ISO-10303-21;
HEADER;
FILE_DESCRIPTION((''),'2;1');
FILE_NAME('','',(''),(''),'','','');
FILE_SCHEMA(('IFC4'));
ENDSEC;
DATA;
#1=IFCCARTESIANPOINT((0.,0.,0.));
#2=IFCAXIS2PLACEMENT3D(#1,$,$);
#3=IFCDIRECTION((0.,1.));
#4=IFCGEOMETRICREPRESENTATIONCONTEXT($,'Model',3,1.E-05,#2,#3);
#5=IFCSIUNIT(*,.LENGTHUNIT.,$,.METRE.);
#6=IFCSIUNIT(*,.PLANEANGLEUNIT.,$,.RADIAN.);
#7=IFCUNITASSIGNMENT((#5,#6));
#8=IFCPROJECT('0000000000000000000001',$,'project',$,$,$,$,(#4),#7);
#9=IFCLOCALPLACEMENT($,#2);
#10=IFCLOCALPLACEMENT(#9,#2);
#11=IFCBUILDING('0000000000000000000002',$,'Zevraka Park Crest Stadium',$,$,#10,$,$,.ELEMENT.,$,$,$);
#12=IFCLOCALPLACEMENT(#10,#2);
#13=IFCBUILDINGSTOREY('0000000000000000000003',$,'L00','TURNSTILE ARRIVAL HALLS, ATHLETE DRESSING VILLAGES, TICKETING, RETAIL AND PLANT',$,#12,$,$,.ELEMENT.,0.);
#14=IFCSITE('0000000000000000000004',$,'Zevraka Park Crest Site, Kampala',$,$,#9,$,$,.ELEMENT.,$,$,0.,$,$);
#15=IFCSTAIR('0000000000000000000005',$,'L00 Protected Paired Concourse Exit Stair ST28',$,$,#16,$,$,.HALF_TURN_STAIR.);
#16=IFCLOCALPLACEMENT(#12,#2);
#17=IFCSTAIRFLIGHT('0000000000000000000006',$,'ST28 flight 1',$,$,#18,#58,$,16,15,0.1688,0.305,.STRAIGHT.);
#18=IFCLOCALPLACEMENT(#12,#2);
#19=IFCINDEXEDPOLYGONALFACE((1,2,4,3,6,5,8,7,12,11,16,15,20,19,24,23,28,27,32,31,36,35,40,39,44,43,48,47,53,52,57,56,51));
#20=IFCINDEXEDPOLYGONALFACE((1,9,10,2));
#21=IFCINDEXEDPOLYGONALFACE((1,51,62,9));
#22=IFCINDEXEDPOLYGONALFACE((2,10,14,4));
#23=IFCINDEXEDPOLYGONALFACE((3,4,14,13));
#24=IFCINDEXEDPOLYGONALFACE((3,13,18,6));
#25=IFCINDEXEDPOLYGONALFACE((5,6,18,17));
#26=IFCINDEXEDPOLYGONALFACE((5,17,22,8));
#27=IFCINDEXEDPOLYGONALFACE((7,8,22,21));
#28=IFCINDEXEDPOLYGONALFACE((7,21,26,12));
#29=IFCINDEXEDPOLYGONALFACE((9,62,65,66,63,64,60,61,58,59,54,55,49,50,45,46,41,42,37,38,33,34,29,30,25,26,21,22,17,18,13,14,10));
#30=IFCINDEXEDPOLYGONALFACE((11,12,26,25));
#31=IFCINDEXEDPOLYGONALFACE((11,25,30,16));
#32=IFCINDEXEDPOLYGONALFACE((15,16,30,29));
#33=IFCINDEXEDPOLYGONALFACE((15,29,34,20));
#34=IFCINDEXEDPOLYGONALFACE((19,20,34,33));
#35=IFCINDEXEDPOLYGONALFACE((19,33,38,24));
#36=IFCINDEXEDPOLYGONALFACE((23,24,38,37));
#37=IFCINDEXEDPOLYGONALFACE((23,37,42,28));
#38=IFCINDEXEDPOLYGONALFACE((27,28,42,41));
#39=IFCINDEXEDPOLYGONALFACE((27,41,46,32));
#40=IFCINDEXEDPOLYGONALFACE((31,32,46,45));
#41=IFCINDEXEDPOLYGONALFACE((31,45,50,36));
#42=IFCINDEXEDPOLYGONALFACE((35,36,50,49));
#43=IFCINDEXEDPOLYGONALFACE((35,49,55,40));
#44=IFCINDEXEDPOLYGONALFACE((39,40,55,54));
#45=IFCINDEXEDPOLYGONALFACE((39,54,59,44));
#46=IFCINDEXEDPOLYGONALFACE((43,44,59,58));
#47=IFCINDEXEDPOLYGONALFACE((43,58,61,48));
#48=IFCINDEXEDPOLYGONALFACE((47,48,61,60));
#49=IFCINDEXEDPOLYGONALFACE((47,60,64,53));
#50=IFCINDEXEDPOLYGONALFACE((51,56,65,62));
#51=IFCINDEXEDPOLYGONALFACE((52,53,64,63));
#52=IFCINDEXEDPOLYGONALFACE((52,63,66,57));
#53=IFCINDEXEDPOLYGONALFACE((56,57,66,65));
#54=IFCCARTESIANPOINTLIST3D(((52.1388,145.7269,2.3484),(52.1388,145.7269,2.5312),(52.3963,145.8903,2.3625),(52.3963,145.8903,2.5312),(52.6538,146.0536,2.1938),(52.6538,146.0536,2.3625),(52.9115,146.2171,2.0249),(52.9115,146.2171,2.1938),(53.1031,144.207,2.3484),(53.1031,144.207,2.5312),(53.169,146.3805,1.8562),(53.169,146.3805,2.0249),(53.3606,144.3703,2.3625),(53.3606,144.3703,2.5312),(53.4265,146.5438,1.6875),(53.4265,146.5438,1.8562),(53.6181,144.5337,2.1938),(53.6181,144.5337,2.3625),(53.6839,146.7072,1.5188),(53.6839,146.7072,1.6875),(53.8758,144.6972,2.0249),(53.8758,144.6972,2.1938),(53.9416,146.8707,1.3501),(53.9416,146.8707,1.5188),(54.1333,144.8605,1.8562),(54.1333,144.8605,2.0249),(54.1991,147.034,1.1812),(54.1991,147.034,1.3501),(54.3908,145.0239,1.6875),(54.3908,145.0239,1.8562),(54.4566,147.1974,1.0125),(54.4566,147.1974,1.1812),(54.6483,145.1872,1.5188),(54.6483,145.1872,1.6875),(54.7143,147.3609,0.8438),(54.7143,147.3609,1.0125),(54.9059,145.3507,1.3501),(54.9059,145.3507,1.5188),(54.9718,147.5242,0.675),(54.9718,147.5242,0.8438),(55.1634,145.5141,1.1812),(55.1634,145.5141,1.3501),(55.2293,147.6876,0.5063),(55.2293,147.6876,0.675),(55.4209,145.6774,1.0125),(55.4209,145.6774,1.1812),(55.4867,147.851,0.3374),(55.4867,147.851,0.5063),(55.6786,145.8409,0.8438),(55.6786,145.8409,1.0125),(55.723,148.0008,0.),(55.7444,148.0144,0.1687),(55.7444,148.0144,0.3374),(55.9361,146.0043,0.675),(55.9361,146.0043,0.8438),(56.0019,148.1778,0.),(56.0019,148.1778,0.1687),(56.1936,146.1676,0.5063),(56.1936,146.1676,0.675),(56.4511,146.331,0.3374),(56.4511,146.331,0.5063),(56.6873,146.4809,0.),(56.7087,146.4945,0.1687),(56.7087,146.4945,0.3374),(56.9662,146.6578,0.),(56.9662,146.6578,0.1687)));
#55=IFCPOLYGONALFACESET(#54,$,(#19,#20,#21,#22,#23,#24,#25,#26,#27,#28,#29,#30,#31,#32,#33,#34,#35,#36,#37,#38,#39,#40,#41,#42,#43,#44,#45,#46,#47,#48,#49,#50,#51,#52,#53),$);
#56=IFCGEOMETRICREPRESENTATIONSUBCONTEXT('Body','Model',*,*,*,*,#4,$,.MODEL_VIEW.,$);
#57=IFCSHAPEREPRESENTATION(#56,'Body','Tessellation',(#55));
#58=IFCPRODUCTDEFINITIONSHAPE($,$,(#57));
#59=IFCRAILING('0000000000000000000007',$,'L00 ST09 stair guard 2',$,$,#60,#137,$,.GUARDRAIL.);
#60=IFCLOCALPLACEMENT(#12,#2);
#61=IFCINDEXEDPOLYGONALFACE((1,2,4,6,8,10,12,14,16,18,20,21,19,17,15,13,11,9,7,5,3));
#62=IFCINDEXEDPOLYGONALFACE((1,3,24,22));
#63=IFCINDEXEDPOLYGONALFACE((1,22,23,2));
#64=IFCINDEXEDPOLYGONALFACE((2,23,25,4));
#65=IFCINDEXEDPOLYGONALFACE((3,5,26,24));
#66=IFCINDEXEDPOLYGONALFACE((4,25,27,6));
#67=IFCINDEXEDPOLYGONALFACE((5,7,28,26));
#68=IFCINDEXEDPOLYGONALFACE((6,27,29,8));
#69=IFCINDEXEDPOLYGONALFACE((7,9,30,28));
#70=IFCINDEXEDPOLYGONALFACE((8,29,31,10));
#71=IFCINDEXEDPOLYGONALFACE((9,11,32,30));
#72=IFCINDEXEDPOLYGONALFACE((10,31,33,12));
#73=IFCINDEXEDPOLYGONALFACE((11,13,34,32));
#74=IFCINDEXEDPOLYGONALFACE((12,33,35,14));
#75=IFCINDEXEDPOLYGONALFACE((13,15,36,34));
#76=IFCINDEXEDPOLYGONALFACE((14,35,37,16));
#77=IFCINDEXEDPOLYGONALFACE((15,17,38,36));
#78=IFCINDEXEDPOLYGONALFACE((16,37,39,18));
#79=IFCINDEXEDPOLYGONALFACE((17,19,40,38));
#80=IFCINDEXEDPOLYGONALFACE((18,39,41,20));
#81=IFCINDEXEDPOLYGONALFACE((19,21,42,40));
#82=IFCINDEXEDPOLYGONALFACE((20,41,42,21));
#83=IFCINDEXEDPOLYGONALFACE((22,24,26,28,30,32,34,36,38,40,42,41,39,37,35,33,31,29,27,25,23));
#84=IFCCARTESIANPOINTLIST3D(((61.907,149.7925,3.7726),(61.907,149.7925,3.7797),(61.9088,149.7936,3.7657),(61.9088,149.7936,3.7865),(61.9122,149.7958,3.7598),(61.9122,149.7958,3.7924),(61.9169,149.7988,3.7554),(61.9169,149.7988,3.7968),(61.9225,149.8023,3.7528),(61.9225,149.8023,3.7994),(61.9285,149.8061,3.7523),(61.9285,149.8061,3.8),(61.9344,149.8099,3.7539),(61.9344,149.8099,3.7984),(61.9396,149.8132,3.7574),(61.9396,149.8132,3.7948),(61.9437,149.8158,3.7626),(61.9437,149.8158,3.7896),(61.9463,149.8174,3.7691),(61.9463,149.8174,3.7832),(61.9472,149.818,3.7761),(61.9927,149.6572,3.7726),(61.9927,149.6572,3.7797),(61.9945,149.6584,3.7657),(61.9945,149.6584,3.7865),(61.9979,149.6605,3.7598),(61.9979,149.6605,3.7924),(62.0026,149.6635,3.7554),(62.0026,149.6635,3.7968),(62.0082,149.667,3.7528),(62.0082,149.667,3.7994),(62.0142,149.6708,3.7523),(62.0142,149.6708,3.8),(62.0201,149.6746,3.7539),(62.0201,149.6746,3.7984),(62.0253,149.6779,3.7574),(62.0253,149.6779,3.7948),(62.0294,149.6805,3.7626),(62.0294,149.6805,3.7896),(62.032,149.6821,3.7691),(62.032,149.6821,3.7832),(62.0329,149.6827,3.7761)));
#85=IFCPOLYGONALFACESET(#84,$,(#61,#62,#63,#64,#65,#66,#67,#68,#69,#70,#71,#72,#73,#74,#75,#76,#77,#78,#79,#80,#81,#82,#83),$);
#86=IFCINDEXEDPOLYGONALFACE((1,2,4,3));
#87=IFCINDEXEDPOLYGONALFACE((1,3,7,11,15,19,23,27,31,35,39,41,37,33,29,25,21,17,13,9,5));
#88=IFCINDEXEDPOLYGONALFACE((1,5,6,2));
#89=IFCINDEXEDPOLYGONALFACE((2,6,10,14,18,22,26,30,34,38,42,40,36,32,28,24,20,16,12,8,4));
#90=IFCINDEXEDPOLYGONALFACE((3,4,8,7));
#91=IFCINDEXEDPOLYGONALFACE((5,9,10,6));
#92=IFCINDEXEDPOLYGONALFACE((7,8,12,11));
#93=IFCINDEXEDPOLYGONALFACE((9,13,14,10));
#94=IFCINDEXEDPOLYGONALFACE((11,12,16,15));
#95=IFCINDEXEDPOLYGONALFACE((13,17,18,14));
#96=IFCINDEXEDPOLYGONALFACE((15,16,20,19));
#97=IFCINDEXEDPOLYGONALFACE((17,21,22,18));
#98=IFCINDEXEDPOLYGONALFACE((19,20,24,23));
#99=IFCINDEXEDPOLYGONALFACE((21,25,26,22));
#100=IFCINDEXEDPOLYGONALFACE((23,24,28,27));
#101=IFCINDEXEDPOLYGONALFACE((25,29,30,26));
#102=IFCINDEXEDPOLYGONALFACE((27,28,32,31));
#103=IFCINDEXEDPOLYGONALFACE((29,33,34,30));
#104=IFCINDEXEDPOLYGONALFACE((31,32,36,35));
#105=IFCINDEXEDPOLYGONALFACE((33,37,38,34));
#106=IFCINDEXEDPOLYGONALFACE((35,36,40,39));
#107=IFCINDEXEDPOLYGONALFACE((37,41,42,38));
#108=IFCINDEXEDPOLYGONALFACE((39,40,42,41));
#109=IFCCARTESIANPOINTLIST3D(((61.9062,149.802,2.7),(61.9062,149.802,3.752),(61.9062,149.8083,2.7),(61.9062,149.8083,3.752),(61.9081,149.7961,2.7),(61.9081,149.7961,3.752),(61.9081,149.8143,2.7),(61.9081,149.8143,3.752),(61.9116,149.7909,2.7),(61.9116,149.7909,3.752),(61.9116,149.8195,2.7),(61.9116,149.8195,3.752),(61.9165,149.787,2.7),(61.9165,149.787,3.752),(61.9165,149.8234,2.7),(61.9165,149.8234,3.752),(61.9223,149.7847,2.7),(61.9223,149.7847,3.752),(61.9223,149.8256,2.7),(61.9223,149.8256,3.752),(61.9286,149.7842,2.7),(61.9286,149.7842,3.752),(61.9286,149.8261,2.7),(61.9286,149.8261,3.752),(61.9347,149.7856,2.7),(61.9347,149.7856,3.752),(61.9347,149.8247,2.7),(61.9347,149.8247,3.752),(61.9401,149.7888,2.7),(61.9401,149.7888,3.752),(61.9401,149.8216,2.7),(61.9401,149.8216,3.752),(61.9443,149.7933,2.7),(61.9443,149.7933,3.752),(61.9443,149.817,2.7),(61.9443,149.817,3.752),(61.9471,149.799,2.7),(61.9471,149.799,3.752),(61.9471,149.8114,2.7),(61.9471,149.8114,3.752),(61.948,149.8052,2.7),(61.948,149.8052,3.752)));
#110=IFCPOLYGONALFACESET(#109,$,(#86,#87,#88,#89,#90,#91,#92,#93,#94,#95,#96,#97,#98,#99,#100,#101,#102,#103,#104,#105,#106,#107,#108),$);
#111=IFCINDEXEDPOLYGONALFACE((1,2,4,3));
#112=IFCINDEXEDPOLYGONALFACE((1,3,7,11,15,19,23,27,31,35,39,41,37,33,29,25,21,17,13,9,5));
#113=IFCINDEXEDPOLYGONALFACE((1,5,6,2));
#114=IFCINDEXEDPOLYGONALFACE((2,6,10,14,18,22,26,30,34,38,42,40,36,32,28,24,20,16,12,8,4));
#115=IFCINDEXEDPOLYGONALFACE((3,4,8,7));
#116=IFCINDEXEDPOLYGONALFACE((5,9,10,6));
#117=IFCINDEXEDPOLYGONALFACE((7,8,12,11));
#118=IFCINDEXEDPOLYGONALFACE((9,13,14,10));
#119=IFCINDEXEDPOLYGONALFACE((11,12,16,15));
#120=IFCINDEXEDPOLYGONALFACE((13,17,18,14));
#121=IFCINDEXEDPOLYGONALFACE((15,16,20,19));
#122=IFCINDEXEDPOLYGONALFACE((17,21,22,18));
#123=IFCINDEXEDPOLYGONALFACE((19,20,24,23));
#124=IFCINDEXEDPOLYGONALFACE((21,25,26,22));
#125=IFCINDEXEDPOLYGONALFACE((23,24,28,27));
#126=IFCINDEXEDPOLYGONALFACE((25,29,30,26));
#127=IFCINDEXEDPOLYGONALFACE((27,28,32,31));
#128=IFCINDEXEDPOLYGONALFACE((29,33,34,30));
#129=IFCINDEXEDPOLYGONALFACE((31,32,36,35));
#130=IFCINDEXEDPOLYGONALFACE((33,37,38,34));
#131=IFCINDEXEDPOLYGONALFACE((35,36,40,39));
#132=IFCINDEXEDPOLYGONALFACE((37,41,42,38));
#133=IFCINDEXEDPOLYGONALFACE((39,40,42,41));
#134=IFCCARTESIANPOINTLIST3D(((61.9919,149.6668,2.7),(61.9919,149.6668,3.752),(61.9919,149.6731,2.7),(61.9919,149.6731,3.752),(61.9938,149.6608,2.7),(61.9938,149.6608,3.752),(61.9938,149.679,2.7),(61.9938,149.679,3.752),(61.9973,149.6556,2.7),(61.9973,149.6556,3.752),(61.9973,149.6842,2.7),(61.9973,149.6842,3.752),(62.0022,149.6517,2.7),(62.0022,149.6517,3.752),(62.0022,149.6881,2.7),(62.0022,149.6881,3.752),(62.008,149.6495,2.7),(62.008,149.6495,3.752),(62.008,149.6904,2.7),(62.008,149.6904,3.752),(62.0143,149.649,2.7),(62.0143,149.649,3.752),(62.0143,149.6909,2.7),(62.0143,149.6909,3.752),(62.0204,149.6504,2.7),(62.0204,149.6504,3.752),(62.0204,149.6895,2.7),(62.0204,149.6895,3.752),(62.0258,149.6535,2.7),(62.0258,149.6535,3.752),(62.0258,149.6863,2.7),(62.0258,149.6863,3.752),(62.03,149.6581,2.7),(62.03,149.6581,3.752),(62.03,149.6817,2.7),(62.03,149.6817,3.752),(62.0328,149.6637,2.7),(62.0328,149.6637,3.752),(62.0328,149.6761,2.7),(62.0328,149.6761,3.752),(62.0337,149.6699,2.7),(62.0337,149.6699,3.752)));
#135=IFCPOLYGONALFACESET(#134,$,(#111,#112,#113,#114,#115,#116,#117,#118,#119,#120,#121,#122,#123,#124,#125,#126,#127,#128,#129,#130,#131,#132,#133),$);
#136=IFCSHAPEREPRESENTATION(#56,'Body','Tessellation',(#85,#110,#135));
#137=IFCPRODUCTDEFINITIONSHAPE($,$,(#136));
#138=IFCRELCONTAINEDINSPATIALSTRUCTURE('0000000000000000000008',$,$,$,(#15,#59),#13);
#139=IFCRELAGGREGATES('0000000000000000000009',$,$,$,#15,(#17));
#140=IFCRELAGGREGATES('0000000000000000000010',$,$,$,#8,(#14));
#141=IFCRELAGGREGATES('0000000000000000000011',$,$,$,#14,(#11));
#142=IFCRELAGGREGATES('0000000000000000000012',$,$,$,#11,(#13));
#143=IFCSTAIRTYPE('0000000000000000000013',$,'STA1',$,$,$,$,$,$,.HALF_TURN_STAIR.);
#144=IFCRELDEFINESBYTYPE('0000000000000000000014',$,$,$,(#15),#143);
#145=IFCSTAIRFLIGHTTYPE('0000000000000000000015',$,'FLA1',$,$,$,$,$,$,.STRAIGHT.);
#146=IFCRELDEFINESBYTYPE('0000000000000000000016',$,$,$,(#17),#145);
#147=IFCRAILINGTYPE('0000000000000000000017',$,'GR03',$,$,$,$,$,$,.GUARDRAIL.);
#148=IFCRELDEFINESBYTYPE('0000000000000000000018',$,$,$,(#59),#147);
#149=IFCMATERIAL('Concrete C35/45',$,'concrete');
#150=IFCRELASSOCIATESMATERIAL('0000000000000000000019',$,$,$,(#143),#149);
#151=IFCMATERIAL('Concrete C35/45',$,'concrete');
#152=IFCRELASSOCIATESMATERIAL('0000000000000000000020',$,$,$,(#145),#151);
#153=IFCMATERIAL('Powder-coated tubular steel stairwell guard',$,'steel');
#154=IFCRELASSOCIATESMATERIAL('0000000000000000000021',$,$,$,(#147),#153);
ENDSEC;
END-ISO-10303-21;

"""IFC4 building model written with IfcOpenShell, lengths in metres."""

from ifc_helpers import new_model, si_unit, direction, frame, origin, origin_2d, place, context, subcontext, project, spatial, polyline, circle, outline, extrude, material, type_object, element, aggregate, save


model = new_model("IFC4")

# Units and contexts
model_context = context("Model", 3, precision=1e-05, world=origin(), true_north=direction((0.0, 1.0)))
body_context = subcontext(model_context, "Body", "Model", "MODEL_VIEW")
ifc_project = project(units=[si_unit("LENGTHUNIT", "METRE"), si_unit("PLANEANGLEUNIT", "RADIAN")], contexts=[model_context])

# Site, building, storey
site_placement = place(None, origin())
site = spatial("IfcSite", under=ifc_project, at=site_placement, Name="Zevraka Park Crest Site, Kampala", CompositionType="ELEMENT", RefElevation=0.0)
building_placement = place(site_placement, origin())
building = spatial("IfcBuilding", under=site, at=building_placement, Name="Zevraka Park Crest Stadium", CompositionType="ELEMENT")
storey_placement = place(building_placement, origin())
storey = spatial("IfcBuildingStorey", under=building, at=storey_placement, Name="L00", Description="TURNSTILE ARRIVAL HALLS, ATHLETE DRESSING VILLAGES, TICKETING, RETAIL AND PLANT", CompositionType="ELEMENT", Elevation=0.0)

# Shared definitions
ifc_material_1 = material(Name="Concrete C35/45", Category="concrete")
stair_type = type_object("IfcStairType", Name="STA1", PredefinedType="HALF_TURN_STAIR", material=ifc_material_1)
ifc_material_2 = material(Name="Concrete C35/45", Category="concrete")
stair_flight_type = type_object("IfcStairFlightType", Name="FLA1", PredefinedType="STRAIGHT", material=ifc_material_2)

# Stair, stair flight
stair_1_placement = place(storey_placement, origin())
stair_1 = element("IfcStair", 1, at=stair_1_placement, inside=storey, type_object=stair_type, Name="L00 Protected Paired Concourse Exit Stair ST28", PredefinedType="HALF_TURN_STAIR")
stair_flight_1_placement = place(storey_placement, frame((56.4841, 147.4177, 0.0), z_axis=(0.0, 0.0, 1.0), x_axis=(-0.844397, -0.535718, 0.0)))
stair_flight_1 = element("IfcStairFlight", 2, at=stair_flight_1_placement, type_object=stair_flight_type, Name="ST28 flight 1", NumberOfRisers=16, NumberOfTreads=15, PredefinedType="STRAIGHT", RiserHeight=0.1688, TreadLength=0.305, context=body_context, shape_type="SweptSolid", body=[
    extrude(outline(polyline([(0.0, 0.0), (0.0, 0.1687), (0.3049, 0.1687), (0.3049, 0.3374), (0.6101, 0.3374), (0.6101, 0.5063), (0.915, 0.5063), (0.915, 0.675), (1.22, 0.675), (1.22, 0.8438), (1.5249, 0.8438), (1.5249, 1.0125), (1.8301, 1.0125), (1.8301, 1.1812), (2.135, 1.1812), (2.135, 1.3501), (2.4399, 1.3501), (2.4399, 1.5188), (2.7451, 1.5188), (2.7451, 1.6875), (3.05, 1.6875), (3.05, 1.8562), (3.355, 1.8562), (3.355, 2.0249), (3.6599, 2.0249), (3.6599, 2.1938), (3.9651, 2.1938), (3.9651, 2.3625), (4.27, 2.3625), (4.27, 2.5312), (4.575, 2.5312), (4.575, 2.7), (4.575, 2.3484), (0.3303, 0.0), (0.0, 0.0)])), frame((0.0, 0.8999, 0.0), z_axis=(0.0, -1.0, 0.0), x_axis=(1.0, 0.0, 0.0)), (0.0, 0.0, 1.0), 1.8),
])
aggregate(stair_1, [stair_flight_1])

# Railing
ifc_material_3 = material(Name="Powder-coated tubular steel stairwell guard", Category="steel")
railing_type_1 = type_object("IfcRailingType", Name="GR03", PredefinedType="GUARDRAIL", material=ifc_material_3)
railing_1_placement = place(storey_placement, frame((61.927, 149.8052, 2.7)))
element("IfcRailing", 3, at=railing_1_placement, inside=storey, type_object=railing_type_1, Name="L00 ST09 stair guard 2", PredefinedType="GUARDRAIL", context=body_context, shape_type="SweptSolid", body=[
    extrude(circle(Radius=0.0239, at=origin_2d()), frame((0.0, 0.0, 1.0762), z_axis=(0.535197, -0.844727, 0.0), x_axis=(0.844727, 0.535197, 0.0)), (0.0, 0.0, 1.0), 0.1602),
    extrude(circle(Radius=0.021, at=origin_2d()), origin(), (0.0, 0.0, 1.0), 1.052),
    extrude(circle(Radius=0.021, at=origin_2d()), frame((0.0857, -0.1353, 0.0)), (0.0, 0.0, 1.0), 1.052),
])

save(model, "model.ifc")
